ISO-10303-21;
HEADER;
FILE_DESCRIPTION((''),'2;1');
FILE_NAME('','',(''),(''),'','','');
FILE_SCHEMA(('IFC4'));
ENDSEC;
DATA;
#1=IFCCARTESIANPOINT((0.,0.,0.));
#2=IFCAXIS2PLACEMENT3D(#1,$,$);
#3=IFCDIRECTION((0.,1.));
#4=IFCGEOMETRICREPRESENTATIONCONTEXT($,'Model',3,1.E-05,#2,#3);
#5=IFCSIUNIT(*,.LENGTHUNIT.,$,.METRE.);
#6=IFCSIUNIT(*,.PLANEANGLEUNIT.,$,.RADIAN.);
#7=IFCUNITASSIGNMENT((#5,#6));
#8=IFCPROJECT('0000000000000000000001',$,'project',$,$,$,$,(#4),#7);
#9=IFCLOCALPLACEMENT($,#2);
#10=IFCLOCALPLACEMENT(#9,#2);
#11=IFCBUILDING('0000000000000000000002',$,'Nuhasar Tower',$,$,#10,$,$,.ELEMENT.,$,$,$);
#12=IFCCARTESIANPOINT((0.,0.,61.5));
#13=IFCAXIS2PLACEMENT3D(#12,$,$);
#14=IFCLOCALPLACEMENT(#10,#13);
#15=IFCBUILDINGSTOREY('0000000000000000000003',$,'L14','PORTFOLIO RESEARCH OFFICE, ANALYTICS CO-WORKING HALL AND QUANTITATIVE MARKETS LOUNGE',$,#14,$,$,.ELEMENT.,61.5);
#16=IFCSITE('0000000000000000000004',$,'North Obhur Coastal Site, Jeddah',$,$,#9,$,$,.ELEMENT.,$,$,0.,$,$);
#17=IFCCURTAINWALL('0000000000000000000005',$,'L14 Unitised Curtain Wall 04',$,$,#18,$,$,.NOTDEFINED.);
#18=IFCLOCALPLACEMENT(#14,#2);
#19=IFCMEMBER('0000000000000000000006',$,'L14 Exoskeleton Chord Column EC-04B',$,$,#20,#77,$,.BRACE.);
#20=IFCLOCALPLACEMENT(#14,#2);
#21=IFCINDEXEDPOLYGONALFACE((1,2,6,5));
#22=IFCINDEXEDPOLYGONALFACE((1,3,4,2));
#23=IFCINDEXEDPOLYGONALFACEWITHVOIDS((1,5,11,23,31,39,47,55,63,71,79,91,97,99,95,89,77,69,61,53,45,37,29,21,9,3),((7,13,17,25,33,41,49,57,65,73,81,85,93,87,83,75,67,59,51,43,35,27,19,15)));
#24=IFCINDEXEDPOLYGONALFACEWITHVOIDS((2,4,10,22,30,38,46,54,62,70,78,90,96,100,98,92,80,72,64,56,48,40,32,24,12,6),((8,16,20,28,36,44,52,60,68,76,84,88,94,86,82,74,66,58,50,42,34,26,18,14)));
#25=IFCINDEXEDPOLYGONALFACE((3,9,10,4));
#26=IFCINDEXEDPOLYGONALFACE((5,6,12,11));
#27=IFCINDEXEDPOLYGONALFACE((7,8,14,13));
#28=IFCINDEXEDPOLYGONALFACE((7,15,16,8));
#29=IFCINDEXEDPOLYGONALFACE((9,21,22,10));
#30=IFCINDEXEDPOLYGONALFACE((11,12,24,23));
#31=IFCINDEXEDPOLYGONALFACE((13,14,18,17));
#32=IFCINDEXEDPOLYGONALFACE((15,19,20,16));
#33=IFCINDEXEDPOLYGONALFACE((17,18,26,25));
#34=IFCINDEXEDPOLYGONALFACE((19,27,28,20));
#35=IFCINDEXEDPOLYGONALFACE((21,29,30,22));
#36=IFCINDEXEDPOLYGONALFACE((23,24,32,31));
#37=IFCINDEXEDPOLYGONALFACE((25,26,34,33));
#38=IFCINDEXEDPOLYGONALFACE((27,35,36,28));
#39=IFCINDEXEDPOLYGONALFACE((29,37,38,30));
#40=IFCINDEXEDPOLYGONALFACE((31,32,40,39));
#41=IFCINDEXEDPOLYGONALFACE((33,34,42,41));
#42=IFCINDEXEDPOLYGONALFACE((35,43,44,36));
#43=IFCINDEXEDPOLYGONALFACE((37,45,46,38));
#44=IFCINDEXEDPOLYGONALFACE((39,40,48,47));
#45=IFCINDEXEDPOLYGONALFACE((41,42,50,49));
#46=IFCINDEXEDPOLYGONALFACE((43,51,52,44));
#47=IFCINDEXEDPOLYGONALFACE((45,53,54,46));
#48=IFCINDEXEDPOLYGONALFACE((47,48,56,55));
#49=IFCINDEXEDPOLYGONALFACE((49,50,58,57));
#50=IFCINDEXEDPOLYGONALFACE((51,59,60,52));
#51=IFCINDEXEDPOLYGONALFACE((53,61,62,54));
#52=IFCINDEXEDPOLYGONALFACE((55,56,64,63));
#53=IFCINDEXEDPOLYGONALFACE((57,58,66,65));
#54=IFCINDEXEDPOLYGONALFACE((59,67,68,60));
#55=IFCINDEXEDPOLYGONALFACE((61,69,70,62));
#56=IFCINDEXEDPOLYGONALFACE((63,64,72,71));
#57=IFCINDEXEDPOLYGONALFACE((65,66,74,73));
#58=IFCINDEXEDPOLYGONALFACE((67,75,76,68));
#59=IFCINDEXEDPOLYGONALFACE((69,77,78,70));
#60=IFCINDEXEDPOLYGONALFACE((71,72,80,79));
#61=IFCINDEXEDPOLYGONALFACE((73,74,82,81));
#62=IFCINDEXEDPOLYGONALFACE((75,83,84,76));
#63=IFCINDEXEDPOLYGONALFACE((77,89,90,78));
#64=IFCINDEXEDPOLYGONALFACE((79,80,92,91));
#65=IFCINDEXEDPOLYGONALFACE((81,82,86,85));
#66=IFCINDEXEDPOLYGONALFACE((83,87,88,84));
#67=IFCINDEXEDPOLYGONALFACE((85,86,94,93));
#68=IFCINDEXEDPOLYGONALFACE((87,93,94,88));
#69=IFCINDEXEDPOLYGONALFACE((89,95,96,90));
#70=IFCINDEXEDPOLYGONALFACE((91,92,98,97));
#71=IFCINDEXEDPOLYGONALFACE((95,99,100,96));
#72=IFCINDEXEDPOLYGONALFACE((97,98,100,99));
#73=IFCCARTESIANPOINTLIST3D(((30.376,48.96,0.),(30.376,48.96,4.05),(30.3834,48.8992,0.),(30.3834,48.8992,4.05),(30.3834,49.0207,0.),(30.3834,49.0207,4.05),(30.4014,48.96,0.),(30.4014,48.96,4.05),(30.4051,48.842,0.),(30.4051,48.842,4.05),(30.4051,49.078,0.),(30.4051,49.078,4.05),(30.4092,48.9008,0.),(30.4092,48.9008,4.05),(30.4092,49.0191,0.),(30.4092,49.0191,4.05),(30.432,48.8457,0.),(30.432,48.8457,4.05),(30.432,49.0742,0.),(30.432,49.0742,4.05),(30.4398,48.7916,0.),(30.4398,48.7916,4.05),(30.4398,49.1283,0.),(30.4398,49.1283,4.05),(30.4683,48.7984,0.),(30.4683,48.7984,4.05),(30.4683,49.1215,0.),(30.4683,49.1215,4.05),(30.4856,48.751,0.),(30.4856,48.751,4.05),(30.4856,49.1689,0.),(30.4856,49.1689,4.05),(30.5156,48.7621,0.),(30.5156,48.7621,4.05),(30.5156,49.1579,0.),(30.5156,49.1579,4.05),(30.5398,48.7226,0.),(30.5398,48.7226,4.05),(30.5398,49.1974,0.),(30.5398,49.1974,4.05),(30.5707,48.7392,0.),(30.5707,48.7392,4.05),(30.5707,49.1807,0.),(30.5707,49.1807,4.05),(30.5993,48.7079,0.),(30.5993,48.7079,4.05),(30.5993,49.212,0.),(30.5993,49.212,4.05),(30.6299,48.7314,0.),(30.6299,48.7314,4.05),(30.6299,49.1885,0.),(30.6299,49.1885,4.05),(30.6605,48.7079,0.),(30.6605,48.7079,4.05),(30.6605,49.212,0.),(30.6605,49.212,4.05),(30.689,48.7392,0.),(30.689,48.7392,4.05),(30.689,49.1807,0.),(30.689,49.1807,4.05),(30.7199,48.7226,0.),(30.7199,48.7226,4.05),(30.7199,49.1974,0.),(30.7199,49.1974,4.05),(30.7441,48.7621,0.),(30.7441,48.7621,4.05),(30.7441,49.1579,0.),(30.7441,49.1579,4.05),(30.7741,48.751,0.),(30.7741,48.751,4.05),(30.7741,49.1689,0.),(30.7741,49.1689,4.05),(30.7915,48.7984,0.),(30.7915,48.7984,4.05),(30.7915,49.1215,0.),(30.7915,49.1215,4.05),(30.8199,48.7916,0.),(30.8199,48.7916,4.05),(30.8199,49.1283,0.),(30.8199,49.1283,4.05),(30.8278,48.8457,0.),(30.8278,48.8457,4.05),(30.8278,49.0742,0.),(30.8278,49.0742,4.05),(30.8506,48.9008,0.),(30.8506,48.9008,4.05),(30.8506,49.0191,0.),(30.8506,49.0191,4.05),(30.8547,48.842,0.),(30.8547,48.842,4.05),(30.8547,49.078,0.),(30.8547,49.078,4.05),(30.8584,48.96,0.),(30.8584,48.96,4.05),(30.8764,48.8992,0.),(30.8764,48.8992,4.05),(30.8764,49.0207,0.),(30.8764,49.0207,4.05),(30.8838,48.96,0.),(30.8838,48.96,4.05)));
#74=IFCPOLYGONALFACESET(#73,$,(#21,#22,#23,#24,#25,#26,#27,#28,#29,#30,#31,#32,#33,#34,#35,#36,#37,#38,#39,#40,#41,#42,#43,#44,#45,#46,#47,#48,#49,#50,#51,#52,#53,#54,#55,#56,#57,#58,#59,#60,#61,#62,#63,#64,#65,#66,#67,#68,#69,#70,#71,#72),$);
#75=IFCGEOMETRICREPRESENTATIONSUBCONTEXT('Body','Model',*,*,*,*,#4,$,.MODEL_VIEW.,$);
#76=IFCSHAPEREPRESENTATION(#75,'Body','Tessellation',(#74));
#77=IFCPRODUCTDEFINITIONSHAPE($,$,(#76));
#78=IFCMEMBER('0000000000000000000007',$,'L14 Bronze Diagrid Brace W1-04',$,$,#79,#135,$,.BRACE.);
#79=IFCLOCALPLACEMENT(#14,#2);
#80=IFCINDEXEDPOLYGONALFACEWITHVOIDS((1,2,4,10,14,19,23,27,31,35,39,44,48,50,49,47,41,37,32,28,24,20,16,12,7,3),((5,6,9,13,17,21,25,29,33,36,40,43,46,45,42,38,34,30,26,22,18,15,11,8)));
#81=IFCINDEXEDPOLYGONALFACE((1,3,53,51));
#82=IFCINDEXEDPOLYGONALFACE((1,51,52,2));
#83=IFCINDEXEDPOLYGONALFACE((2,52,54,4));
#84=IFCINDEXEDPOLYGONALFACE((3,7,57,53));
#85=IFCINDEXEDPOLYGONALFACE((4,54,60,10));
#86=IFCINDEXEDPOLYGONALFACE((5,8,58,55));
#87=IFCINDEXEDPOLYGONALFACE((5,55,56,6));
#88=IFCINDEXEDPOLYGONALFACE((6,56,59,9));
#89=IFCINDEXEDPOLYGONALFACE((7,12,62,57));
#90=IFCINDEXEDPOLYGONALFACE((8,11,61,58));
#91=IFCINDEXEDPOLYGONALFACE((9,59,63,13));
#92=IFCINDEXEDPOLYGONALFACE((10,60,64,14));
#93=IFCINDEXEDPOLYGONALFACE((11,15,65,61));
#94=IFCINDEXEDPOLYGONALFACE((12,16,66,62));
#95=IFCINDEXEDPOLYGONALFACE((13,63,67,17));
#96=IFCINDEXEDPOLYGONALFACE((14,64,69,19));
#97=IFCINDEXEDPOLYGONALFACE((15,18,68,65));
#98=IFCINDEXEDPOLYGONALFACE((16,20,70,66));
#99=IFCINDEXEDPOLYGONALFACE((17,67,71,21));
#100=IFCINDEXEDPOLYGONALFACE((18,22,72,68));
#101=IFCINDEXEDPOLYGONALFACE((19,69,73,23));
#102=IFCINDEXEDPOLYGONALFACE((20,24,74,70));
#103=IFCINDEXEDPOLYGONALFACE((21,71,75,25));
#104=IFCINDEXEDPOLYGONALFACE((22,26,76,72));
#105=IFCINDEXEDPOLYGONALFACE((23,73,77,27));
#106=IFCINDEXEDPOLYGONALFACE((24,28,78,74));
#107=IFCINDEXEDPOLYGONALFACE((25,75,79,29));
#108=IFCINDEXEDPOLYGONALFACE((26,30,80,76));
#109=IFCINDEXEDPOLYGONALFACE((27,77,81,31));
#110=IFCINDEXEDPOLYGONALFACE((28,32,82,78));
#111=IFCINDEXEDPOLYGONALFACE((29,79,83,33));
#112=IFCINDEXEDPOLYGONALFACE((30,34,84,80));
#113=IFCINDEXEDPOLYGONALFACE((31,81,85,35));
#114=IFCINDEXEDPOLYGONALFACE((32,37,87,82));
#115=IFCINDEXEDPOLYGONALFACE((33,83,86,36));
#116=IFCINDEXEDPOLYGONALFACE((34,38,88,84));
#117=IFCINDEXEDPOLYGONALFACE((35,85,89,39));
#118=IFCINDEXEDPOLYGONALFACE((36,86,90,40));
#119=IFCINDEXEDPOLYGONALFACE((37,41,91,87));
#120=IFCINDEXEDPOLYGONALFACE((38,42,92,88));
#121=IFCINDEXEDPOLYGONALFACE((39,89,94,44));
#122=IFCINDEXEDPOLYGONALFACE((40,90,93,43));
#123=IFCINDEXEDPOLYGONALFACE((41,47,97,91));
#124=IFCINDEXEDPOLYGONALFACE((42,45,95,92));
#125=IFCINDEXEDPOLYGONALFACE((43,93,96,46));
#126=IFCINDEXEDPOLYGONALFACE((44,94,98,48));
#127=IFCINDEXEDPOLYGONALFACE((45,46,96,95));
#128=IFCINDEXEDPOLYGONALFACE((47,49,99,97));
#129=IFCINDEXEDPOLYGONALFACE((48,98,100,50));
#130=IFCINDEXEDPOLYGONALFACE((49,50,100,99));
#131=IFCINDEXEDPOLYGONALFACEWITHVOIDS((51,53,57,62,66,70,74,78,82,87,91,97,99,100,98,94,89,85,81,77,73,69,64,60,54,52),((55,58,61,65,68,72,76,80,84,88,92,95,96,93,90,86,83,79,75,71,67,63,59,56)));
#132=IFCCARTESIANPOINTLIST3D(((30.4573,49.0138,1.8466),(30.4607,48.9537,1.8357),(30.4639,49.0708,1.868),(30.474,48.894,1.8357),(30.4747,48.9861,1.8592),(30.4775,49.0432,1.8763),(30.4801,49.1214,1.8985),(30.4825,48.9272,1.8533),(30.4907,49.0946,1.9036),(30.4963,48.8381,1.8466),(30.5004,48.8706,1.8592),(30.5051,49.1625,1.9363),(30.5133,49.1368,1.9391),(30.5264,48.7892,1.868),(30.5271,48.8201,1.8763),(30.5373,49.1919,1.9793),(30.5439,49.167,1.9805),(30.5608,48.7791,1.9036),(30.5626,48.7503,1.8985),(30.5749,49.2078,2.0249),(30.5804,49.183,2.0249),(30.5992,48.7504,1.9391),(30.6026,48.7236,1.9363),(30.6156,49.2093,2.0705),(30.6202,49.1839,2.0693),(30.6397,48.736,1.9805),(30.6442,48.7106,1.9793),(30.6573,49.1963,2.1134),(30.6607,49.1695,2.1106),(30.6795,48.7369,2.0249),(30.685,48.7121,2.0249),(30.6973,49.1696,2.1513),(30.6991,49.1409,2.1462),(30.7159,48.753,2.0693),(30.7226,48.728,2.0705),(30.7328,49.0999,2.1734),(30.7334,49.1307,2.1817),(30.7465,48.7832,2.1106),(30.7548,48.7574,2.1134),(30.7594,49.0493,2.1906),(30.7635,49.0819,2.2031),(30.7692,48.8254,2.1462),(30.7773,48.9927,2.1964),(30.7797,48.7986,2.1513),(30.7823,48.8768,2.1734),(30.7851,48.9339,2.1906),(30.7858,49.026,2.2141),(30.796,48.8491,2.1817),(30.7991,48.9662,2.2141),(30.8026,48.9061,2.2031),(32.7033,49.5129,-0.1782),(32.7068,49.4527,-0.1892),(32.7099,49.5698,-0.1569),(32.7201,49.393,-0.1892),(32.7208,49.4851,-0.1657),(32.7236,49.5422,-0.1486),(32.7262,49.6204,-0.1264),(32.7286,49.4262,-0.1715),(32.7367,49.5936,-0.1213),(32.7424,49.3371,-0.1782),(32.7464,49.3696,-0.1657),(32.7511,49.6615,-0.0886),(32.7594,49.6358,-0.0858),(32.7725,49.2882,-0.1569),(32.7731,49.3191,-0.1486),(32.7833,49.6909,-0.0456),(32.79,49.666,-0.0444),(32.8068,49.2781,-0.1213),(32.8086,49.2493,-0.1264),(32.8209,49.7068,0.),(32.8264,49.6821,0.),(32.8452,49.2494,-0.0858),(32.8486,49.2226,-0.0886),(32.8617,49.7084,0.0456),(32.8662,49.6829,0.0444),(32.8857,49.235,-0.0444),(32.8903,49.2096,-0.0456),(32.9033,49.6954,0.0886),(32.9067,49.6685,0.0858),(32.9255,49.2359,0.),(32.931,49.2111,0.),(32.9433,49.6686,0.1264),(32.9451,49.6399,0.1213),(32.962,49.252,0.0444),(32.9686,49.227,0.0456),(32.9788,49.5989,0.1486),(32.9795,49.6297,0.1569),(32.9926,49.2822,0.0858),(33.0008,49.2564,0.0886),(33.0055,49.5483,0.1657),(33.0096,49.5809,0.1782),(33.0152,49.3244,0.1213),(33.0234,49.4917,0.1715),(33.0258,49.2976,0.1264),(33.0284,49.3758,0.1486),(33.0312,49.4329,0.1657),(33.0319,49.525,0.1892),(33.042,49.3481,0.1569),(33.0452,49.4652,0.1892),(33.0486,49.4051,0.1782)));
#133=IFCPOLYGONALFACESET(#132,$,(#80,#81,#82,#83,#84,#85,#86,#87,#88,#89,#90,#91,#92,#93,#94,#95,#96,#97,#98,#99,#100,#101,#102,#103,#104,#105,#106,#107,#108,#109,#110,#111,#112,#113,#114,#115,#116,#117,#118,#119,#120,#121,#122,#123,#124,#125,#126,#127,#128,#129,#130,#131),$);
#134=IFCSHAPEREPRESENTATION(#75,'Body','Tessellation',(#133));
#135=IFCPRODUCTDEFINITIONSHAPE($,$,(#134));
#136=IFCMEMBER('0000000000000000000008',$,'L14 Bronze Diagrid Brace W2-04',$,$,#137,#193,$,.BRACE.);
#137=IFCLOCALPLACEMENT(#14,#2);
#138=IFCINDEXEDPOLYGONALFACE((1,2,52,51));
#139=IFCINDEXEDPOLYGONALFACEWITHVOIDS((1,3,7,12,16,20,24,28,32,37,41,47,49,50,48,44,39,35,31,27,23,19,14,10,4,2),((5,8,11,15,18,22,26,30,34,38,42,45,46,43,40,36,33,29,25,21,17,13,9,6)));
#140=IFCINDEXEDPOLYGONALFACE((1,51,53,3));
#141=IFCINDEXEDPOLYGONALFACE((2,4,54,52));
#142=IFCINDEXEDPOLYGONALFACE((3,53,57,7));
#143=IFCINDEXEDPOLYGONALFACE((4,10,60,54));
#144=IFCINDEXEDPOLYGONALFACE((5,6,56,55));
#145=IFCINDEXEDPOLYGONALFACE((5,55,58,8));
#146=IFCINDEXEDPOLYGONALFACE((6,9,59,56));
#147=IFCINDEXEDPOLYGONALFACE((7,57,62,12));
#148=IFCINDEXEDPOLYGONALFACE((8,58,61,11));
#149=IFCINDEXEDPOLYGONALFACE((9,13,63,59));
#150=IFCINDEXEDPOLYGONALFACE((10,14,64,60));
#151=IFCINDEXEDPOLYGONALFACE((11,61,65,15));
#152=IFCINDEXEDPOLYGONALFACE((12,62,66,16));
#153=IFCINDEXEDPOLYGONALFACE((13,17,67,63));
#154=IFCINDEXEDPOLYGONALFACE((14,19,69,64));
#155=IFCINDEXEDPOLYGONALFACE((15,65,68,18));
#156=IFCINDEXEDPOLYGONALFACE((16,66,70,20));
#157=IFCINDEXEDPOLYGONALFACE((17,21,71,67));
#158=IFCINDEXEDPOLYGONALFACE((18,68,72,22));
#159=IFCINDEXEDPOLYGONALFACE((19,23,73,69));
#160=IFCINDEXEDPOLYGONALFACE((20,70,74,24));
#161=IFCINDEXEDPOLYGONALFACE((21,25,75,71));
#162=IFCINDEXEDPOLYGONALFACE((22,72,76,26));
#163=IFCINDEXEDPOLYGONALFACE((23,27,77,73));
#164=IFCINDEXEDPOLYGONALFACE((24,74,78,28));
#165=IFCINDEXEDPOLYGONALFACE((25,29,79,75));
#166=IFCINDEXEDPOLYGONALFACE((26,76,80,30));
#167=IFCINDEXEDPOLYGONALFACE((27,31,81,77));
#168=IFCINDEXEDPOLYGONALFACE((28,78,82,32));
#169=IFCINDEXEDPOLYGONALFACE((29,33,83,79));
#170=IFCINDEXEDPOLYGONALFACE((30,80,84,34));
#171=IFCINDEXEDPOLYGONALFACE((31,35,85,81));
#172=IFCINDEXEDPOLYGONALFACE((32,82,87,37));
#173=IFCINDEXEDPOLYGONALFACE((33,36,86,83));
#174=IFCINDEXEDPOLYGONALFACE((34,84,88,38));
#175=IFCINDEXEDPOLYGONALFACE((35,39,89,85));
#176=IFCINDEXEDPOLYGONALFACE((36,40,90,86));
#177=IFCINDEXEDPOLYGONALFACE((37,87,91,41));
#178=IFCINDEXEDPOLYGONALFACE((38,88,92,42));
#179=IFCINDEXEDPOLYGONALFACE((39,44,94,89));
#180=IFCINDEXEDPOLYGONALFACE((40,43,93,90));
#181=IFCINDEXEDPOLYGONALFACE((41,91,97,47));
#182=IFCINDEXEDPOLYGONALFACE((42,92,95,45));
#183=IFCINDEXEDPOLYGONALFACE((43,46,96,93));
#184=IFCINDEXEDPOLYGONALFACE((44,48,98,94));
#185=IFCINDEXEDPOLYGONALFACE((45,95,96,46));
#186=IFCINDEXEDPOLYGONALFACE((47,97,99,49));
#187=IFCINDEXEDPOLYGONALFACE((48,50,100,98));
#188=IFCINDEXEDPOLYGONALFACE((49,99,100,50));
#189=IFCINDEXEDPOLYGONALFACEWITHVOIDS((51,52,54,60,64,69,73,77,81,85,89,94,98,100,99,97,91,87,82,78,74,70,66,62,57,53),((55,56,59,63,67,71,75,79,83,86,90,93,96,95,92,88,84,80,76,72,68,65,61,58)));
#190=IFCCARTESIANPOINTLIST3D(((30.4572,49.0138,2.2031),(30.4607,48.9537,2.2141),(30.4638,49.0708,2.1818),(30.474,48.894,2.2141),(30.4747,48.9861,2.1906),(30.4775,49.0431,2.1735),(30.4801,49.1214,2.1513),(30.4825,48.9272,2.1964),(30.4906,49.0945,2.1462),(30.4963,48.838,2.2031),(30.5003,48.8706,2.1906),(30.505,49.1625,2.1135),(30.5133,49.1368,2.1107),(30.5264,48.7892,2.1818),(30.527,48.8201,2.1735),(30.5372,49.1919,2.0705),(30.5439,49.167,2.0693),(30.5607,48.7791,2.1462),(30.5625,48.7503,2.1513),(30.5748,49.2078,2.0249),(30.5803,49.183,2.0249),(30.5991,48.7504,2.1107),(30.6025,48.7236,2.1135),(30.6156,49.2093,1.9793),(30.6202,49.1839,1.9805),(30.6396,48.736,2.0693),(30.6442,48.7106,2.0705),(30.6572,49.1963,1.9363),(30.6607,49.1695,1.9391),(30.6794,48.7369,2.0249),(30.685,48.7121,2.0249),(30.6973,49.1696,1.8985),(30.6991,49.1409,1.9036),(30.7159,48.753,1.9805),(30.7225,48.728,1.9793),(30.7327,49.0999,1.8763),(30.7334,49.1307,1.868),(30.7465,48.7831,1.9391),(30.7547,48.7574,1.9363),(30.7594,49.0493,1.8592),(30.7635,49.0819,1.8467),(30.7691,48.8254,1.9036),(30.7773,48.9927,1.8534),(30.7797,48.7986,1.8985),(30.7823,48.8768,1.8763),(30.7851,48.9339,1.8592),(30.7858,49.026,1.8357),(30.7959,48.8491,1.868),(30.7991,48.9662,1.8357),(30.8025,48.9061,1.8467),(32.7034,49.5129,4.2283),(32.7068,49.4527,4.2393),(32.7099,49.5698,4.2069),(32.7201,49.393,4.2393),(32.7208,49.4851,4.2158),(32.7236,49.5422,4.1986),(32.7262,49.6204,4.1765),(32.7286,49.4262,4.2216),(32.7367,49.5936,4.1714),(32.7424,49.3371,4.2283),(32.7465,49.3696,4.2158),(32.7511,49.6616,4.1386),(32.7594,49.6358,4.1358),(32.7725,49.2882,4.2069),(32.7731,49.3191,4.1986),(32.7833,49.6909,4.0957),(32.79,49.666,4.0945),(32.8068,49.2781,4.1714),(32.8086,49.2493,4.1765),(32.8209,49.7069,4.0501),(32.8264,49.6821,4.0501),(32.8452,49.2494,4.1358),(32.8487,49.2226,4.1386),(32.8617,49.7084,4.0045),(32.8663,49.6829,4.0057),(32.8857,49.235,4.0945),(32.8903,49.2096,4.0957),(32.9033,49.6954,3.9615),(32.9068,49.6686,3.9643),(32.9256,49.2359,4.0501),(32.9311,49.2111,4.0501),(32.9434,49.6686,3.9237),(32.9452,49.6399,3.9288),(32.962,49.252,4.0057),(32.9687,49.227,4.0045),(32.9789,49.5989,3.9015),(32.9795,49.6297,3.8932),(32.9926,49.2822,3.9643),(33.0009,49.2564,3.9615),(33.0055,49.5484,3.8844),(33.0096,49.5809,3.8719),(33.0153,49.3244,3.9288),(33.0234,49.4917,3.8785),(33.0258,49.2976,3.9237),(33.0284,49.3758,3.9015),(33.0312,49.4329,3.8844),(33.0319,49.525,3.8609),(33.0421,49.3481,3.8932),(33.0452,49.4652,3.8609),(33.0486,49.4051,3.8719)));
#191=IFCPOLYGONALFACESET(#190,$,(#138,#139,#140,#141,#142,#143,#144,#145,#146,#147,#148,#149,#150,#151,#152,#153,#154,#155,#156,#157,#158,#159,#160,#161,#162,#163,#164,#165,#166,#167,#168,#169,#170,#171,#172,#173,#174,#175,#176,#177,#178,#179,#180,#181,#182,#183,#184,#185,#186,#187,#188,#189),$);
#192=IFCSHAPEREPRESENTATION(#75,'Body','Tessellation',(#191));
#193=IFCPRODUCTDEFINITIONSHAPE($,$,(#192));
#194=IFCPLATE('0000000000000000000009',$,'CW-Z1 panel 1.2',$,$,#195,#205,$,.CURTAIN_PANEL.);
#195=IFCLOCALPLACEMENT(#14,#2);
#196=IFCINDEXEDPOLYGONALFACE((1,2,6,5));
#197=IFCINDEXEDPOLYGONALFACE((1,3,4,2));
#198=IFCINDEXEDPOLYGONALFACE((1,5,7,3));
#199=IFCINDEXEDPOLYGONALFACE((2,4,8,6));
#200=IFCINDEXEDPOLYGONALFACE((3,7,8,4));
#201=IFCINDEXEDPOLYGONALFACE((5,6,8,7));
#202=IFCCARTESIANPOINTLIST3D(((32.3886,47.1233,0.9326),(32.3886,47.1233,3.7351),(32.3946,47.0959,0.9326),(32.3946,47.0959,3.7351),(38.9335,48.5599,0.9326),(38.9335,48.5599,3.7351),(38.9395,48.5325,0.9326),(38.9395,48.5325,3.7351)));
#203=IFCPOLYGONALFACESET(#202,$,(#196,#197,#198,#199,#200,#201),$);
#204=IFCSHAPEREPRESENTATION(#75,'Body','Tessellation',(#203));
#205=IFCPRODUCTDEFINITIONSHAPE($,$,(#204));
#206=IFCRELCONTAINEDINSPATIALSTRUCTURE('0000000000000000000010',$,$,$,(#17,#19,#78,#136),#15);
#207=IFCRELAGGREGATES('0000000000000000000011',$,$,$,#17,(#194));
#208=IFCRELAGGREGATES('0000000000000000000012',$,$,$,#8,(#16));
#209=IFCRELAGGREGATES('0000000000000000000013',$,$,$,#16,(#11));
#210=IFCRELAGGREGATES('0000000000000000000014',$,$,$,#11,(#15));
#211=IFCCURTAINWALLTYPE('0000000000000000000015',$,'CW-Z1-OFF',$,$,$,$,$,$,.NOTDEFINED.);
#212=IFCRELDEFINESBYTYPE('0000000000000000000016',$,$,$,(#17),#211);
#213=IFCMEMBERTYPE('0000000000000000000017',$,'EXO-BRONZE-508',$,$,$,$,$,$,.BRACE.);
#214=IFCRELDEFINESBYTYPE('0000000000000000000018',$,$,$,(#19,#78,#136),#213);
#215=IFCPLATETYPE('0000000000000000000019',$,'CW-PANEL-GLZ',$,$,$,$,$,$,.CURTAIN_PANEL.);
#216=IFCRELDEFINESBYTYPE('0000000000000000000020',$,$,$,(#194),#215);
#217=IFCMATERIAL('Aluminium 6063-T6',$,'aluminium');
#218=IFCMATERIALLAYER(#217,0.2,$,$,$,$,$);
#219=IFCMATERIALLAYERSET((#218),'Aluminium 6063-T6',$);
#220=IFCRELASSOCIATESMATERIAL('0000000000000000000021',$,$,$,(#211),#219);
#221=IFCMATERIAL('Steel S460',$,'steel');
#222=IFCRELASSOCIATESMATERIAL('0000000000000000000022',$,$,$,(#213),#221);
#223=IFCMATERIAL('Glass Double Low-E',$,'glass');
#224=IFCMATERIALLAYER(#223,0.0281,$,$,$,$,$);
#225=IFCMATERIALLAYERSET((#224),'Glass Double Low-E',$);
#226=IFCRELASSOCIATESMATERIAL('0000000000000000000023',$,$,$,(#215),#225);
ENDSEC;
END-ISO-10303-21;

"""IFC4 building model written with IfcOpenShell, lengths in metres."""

from ifc_helpers import new_model, si_unit, direction, frame, origin, origin_2d, place, context, subcontext, project, spatial, rectangle, hollow_circle, extrude, material, layer, layer_set, material_profile, profile_set, type_object, element, aggregate, save


model = new_model("IFC4")

# Units and contexts
model_context = context("Model", 3, precision=1e-05, world=origin(), true_north=direction((0.0, 1.0)))
body_context = subcontext(model_context, "Body", "Model", "MODEL_VIEW")
ifc_project = project(units=[si_unit("LENGTHUNIT", "METRE"), si_unit("PLANEANGLEUNIT", "RADIAN")], contexts=[model_context])

# Site, building, storey
site_placement = place(None, origin())
site = spatial("IfcSite", under=ifc_project, at=site_placement, Name="North Obhur Coastal Site, Jeddah", CompositionType="ELEMENT", RefElevation=0.0)
building_placement = place(site_placement, origin())
building = spatial("IfcBuilding", under=site, at=building_placement, Name="Nuhasar Tower", CompositionType="ELEMENT")
storey_placement = place(building_placement, frame((0.0, 0.0, 61.5)))
storey = spatial("IfcBuildingStorey", under=building, at=storey_placement, Name="L14", Description="PORTFOLIO RESEARCH OFFICE, ANALYTICS CO-WORKING HALL AND QUANTITATIVE MARKETS LOUNGE", CompositionType="ELEMENT", Elevation=61.5)

# Curtain wall
ifc_material_1 = material(Name="Aluminium 6063-T6", Category="aluminium")
ifc_layer_1 = layer(ifc_material_1, 0.2)
ifc_layer_set_1 = layer_set([ifc_layer_1], Name="Aluminium 6063-T6")
curtain_wall_type = type_object("IfcCurtainWallType", Name="CW-Z1-OFF", PredefinedType="NOTDEFINED", material=ifc_layer_set_1)
curtain_wall_placement = place(storey_placement, origin())
curtain_wall = element("IfcCurtainWall", 1, at=curtain_wall_placement, inside=storey, type_object=curtain_wall_type, Name="L14 Unitised Curtain Wall 04", PredefinedType="NOTDEFINED")

# Members
ifc_material_2 = material(Name="Steel S460", Category="steel")
ifc_material_profile_1 = material_profile(ifc_material_2, hollow_circle(Radius=0.2539, WallThickness=0.0254, at=origin_2d()), Name="HSS508X25.4")
ifc_profile_set_1 = profile_set([ifc_material_profile_1], Name="Steel S460")
member_type_1 = type_object("IfcMemberType", Name="EXO-BRONZE-508", PredefinedType="BRACE", material=ifc_profile_set_1)
for number, where, z_axis, x_axis, name in (
    (2, (30.6299, 48.96, 0.0), (0.0, 0.0, 1.0), (1.0, 0.0, 0.0), "L14 Exoskeleton Chord Column EC-04B"),
):
    element("IfcMember", number, at=place(storey_placement, frame(where, z_axis=z_axis, x_axis=x_axis)), inside=storey, type_object=member_type_1, Name=name, PredefinedType="BRACE", context=body_context, shape_type="SweptSolid", body=[
        extrude(hollow_circle(Radius=0.2539, WallThickness=0.0254, at=origin_2d()), origin(), (0.0, 0.0, 1.0), 4.05),
    ])
member_1_placement = place(storey_placement, frame((32.876, 49.459, 0.0), z_axis=(-0.732821, -0.162814, 0.660654), x_axis=(0.216886, -0.976197, 0.0)))
element("IfcMember", 3, at=member_1_placement, inside=storey, type_object=member_type_1, Name="L14 Bronze Diagrid Brace W1-04", PredefinedType="BRACE", context=body_context, shape_type="SweptSolid", body=[
    extrude(hollow_circle(Radius=0.2539, WallThickness=0.0254, at=origin_2d()), origin(), (0.0, 0.0, 1.0), 3.0649),
])
member_2_placement = place(storey_placement, frame((30.6299, 48.96, 2.0249), z_axis=(0.732783, 0.162805, 0.660699), x_axis=(-0.216886, 0.976197, 0.0)))
element("IfcMember", 4, at=member_2_placement, inside=storey, type_object=member_type_1, Name="L14 Bronze Diagrid Brace W2-04", PredefinedType="BRACE", context=body_context, shape_type="SweptSolid", body=[
    extrude(hollow_circle(Radius=0.2539, WallThickness=0.0254, at=origin_2d()), origin(), (0.0, 0.0, 1.0), 3.0652),
])

# Plate
ifc_material_3 = material(Name="Glass Double Low-E", Category="glass")
ifc_layer_2 = layer(ifc_material_3, 0.0281)
ifc_layer_set_2 = layer_set([ifc_layer_2], Name="Glass Double Low-E")
plate_type_1 = type_object("IfcPlateType", Name="CW-PANEL-GLZ", PredefinedType="CURTAIN_PANEL", material=ifc_layer_set_2)
plate_1_placement = place(storey_placement, frame((35.6641, 47.8279, 0.9326), z_axis=(0.0, 0.0, 1.0), x_axis=(-0.976746, -0.214399, 0.0)))
plate_1 = element("IfcPlate", 5, at=plate_1_placement, type_object=plate_type_1, Name="CW-Z1 panel 1.2", PredefinedType="CURTAIN_PANEL", context=body_context, shape_type="SweptSolid", body=[
    extrude(rectangle(XDim=6.7007, YDim=0.0281, at=origin_2d()), origin(), (0.0, 0.0, 1.0), 2.8025),
])
aggregate(curtain_wall, [plate_1])

save(model, "model.ifc")
